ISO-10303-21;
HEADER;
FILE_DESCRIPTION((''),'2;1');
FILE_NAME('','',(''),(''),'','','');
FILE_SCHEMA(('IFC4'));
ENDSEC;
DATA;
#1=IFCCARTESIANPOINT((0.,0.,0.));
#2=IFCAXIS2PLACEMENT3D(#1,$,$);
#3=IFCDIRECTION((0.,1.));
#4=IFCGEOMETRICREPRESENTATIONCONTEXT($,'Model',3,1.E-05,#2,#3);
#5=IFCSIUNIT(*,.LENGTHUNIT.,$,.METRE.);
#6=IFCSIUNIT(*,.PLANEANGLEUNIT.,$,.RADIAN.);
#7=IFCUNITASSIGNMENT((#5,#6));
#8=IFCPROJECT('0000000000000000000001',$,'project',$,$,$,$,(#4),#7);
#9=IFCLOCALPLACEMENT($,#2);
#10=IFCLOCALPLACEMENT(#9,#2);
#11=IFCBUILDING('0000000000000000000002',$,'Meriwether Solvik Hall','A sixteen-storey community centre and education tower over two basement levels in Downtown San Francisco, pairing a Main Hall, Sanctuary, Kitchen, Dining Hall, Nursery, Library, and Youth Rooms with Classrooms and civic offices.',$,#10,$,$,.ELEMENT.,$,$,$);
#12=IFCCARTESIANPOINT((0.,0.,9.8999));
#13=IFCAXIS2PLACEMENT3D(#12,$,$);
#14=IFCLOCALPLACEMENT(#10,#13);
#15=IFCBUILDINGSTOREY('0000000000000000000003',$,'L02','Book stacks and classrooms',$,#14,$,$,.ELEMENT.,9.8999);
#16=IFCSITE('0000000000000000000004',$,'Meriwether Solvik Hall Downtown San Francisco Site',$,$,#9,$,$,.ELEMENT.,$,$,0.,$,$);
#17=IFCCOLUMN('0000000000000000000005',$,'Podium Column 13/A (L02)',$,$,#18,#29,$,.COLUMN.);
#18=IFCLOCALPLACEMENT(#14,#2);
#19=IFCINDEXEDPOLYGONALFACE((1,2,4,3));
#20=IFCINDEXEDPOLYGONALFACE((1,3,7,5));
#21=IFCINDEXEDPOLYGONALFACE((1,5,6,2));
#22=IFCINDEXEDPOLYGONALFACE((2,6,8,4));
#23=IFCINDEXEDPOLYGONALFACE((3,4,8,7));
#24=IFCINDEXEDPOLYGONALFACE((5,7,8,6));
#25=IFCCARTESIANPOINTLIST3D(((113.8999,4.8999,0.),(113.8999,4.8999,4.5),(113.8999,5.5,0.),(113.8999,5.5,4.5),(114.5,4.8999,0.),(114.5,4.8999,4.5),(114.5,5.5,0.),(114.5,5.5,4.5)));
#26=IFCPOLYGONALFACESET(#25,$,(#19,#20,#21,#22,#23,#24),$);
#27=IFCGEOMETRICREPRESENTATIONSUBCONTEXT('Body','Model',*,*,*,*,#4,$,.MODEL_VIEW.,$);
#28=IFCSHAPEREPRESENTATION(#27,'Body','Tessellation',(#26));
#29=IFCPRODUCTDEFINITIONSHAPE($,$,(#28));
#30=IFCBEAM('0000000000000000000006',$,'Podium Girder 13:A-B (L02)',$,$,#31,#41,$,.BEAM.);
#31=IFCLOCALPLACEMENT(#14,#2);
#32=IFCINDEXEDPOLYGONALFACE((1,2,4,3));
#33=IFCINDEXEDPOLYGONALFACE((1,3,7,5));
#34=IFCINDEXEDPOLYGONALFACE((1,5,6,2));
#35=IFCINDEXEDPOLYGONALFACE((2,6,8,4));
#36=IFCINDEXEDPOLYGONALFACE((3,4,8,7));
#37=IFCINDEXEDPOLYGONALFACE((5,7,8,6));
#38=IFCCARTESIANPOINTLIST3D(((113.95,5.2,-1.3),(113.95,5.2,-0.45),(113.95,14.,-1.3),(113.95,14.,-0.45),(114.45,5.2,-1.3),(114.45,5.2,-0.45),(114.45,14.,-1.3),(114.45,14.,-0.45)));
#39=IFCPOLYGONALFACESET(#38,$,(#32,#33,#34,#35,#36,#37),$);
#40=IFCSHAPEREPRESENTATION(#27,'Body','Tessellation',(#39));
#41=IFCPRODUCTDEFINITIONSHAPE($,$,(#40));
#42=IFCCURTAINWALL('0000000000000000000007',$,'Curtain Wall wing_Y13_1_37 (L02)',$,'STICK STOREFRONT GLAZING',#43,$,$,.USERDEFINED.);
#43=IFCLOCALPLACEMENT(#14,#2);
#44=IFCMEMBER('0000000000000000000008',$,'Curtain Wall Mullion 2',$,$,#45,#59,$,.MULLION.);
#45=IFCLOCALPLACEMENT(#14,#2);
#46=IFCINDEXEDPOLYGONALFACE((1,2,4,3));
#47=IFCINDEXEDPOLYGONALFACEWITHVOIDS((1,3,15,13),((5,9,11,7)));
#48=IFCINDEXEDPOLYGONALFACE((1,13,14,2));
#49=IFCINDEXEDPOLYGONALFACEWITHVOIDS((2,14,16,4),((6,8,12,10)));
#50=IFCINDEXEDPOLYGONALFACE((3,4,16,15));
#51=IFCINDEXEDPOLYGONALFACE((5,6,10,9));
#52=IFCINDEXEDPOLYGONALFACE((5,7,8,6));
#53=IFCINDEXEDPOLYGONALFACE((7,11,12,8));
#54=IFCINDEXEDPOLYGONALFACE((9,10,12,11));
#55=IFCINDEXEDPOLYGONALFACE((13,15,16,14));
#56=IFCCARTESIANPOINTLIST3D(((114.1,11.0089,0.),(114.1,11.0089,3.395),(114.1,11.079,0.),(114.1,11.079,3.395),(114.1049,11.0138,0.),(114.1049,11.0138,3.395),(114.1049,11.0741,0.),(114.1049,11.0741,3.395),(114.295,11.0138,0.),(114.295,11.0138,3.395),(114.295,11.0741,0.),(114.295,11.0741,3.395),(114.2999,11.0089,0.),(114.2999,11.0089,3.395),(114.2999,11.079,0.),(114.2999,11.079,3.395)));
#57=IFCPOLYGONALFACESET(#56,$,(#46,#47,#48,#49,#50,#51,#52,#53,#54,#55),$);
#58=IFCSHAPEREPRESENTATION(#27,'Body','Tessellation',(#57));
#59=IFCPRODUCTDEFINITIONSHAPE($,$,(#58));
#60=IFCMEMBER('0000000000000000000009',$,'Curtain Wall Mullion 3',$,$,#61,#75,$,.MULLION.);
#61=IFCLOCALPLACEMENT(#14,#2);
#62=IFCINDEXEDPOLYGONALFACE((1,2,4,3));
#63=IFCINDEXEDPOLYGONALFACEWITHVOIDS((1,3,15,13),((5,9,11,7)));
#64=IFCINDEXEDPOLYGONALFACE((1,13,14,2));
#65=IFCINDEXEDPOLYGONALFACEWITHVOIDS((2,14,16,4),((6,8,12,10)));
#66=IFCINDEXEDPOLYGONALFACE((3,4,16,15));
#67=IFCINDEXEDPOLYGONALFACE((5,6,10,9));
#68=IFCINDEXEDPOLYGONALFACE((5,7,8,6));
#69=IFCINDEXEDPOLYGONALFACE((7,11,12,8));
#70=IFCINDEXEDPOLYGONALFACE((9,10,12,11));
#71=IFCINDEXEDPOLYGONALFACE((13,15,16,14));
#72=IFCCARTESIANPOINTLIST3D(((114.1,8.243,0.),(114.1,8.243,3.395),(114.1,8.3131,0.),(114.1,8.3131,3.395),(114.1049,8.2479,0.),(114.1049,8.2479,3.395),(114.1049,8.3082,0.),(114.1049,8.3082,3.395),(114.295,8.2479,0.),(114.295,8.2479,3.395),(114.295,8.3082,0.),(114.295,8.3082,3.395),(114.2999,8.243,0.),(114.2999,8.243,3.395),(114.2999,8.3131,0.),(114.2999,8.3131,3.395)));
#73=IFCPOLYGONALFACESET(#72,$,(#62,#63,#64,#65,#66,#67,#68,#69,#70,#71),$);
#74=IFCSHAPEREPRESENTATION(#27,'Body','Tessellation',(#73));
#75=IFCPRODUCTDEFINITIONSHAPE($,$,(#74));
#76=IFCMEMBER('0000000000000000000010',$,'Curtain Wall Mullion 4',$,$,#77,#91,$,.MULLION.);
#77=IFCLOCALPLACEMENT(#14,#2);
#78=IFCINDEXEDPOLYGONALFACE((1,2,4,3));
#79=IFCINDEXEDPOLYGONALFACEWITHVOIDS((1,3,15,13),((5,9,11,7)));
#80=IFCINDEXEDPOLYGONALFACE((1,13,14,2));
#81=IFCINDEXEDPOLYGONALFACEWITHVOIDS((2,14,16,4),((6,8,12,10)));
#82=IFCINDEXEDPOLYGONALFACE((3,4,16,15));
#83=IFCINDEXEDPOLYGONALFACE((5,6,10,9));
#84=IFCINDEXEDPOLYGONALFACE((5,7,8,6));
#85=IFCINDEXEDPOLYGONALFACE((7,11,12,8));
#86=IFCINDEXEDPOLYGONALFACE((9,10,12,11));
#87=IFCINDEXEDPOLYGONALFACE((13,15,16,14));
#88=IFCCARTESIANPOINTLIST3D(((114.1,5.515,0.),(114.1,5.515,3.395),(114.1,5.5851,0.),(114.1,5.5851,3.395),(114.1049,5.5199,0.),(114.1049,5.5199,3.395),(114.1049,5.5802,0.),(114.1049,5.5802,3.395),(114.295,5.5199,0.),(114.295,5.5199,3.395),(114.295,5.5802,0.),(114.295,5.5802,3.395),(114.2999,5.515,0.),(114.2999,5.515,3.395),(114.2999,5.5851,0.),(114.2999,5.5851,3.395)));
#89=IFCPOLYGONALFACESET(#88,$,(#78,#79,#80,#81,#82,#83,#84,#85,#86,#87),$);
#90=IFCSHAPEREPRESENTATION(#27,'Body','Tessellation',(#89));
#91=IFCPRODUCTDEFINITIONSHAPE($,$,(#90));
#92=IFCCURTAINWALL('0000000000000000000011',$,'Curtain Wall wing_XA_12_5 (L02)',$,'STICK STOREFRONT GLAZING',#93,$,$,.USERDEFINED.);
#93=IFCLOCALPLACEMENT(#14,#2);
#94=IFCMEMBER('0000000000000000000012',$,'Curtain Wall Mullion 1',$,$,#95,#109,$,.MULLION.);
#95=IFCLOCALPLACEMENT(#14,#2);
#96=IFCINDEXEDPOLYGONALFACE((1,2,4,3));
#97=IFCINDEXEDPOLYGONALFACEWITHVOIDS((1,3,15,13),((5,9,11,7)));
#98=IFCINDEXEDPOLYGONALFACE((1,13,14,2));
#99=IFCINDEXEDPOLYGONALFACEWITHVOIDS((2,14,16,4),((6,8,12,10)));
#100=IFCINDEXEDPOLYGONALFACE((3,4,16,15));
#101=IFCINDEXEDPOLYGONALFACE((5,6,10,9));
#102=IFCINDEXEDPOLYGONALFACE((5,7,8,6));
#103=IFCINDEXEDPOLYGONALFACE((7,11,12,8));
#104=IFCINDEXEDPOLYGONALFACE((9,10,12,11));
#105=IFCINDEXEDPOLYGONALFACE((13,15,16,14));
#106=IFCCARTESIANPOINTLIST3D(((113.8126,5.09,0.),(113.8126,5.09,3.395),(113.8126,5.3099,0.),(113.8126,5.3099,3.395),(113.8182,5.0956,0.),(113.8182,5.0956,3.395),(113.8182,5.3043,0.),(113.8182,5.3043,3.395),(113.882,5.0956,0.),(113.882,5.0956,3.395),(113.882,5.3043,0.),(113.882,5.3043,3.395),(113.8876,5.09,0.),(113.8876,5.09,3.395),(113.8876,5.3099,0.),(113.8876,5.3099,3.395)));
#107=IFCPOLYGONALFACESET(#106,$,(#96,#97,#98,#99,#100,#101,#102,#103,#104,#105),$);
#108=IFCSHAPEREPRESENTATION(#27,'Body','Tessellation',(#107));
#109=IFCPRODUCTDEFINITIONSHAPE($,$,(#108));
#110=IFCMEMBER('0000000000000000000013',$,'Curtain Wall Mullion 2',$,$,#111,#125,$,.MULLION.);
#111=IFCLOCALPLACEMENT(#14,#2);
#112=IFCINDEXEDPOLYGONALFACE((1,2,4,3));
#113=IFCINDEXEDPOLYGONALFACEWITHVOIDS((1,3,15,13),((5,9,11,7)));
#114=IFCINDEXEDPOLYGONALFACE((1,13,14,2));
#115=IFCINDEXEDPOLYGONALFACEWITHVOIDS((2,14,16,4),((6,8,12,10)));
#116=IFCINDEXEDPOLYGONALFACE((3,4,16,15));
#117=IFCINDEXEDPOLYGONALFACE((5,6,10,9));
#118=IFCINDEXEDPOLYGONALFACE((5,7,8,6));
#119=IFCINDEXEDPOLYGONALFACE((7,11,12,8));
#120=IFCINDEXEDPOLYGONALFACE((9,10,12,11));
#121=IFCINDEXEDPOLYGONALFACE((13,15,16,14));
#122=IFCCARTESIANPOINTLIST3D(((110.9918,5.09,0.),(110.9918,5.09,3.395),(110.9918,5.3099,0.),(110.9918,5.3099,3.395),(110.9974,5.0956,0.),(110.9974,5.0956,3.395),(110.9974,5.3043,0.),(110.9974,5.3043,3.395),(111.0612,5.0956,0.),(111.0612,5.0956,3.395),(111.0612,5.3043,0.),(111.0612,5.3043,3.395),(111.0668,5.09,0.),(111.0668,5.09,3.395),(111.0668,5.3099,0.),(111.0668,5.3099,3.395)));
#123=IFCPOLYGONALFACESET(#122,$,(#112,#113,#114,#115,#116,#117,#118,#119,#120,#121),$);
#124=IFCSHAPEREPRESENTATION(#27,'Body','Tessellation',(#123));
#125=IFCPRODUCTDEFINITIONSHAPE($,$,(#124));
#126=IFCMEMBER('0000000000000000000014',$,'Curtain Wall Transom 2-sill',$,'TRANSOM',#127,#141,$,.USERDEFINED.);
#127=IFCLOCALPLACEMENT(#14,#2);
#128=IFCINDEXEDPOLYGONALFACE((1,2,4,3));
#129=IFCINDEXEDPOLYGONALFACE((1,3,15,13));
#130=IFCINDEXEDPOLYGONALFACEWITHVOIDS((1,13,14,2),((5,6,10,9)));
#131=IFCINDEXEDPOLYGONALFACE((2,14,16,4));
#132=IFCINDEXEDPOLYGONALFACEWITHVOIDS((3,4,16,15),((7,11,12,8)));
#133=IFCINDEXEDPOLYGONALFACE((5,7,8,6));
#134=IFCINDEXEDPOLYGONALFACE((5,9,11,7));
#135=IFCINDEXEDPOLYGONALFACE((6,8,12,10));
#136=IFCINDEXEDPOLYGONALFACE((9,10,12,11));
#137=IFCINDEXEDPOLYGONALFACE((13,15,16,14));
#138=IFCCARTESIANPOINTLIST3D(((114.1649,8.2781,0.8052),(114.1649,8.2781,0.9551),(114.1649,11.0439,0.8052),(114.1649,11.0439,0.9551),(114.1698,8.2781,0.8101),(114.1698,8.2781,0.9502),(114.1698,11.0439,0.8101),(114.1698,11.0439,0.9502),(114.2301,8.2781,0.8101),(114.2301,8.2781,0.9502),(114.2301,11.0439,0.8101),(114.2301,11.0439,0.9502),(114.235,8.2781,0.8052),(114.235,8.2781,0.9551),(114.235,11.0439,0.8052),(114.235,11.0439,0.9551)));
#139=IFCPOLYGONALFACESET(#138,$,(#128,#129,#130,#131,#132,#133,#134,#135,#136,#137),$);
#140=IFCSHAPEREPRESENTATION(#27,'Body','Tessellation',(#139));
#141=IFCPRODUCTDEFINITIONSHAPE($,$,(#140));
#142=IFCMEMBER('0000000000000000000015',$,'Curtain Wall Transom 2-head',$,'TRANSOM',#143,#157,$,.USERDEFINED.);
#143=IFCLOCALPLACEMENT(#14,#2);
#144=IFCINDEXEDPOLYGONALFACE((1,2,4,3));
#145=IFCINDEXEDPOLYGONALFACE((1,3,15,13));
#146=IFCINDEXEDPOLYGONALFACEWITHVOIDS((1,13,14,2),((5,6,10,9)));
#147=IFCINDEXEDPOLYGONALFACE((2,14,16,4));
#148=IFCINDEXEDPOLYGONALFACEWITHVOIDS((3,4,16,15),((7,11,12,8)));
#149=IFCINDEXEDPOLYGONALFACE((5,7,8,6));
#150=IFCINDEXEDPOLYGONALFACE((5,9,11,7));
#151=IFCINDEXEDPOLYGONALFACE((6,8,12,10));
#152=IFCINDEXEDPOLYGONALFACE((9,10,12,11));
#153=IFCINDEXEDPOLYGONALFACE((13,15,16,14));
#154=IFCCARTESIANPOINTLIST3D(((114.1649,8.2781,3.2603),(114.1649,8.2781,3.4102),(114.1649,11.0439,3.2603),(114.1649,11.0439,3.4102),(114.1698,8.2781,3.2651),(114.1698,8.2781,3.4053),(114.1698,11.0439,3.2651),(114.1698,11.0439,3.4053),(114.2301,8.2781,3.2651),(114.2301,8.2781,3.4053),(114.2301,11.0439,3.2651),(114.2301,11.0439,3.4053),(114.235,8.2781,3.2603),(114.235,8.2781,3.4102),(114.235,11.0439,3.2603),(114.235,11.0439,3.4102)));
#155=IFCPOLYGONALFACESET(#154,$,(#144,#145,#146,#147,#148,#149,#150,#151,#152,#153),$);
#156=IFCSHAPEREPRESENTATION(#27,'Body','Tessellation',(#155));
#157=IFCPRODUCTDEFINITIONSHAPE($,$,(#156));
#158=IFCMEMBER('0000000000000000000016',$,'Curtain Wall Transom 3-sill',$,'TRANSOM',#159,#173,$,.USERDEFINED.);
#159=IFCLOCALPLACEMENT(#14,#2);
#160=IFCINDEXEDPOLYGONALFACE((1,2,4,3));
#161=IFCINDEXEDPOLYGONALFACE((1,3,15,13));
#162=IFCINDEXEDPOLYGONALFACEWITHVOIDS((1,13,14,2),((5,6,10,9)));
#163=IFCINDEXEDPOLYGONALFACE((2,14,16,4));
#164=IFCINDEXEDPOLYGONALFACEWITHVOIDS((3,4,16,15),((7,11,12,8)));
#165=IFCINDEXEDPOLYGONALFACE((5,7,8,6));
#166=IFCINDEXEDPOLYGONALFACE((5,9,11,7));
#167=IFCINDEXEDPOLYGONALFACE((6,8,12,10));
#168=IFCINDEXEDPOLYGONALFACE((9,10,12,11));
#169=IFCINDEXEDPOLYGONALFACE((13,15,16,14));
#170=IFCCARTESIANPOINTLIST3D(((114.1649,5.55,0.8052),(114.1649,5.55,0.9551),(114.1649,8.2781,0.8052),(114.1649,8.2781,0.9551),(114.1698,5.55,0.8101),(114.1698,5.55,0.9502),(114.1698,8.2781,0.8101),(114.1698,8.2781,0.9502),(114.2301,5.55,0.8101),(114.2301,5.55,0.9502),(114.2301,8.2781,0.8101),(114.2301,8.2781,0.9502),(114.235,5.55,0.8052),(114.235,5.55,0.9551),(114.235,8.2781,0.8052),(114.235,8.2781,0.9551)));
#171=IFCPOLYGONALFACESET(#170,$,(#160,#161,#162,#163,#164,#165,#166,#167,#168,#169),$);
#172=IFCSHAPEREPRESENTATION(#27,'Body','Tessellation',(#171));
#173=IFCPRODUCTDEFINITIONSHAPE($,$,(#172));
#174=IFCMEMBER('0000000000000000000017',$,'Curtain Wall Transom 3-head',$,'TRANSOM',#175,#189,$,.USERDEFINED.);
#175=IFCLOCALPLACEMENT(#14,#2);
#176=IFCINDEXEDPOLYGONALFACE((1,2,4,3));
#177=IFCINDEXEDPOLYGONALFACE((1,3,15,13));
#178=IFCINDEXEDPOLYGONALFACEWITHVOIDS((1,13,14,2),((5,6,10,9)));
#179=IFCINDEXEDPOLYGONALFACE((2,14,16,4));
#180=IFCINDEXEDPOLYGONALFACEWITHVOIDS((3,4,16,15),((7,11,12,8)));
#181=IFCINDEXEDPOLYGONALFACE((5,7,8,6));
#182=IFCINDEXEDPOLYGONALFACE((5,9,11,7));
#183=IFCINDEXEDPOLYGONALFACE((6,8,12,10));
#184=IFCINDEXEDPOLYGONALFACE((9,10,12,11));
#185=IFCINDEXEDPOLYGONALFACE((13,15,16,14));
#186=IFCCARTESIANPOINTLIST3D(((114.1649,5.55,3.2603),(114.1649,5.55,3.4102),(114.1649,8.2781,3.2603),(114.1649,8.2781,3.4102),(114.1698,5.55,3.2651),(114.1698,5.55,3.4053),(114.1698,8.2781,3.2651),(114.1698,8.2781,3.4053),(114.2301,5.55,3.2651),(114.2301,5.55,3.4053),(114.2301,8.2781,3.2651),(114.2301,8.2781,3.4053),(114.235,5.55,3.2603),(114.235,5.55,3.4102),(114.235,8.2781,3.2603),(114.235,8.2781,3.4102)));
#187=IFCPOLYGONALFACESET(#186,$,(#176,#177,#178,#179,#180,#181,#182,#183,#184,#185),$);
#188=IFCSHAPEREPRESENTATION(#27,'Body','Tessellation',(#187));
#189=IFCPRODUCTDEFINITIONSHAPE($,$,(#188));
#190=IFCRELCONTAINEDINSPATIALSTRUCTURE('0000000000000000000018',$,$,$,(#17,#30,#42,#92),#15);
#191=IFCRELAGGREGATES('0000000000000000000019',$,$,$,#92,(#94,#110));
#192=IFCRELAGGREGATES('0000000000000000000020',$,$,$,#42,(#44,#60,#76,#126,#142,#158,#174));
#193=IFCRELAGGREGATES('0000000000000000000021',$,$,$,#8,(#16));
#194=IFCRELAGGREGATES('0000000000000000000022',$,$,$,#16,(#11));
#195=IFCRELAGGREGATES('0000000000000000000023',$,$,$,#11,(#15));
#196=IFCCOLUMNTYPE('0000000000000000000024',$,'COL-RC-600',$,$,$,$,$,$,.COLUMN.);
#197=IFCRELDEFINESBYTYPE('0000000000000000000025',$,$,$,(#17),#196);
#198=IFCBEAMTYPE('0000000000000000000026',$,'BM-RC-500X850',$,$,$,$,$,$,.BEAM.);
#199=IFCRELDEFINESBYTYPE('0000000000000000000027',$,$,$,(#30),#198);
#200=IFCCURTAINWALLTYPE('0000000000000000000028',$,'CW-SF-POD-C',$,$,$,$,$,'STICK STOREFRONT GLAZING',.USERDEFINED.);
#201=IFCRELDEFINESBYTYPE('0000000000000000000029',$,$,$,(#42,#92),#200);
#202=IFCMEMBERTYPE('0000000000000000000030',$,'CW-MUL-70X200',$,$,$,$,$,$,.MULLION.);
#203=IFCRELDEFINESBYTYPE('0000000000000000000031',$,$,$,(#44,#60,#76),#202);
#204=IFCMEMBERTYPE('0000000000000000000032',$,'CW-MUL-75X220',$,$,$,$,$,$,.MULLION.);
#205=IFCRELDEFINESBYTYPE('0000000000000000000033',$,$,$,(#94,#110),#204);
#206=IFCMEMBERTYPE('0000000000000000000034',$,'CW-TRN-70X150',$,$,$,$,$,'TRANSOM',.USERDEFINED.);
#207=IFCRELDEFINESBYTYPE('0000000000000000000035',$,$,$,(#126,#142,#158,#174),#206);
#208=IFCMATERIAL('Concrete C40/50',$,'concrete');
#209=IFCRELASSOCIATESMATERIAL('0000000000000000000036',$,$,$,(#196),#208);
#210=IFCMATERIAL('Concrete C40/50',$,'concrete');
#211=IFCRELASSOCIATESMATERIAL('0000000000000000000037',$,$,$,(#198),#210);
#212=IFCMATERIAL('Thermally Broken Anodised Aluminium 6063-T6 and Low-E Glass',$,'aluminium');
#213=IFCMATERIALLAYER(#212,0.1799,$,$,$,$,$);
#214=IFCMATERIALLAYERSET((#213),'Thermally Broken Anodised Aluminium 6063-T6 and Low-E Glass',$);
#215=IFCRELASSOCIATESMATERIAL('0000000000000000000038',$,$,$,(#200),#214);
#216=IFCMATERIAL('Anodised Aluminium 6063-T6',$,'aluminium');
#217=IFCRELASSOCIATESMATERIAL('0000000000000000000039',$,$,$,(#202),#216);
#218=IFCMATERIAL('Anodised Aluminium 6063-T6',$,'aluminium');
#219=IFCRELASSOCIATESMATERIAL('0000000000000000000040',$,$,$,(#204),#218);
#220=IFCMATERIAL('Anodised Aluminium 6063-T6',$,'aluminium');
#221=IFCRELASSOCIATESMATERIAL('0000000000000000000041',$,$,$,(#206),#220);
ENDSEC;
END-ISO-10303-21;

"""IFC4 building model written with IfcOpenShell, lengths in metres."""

from ifc_helpers import new_model, si_unit, direction, frame, origin, origin_2d, place, context, subcontext, project, spatial, rectangle, hollow_rectangle, extrude, material, layer, layer_set, material_profile, profile_set, type_object, element, aggregate, save


model = new_model("IFC4")

# Units and contexts
model_context = context("Model", 3, precision=1e-05, world=origin(), true_north=direction((0.0, 1.0)))
body_context = subcontext(model_context, "Body", "Model", "MODEL_VIEW")
ifc_project = project(units=[si_unit("LENGTHUNIT", "METRE"), si_unit("PLANEANGLEUNIT", "RADIAN")], contexts=[model_context])

# Site, building, storey
site_placement = place(None, origin())
site = spatial("IfcSite", under=ifc_project, at=site_placement, Name="Meriwether Solvik Hall Downtown San Francisco Site", CompositionType="ELEMENT", RefElevation=0.0)
building_placement = place(site_placement, origin())
building = spatial("IfcBuilding", under=site, at=building_placement, Name="Meriwether Solvik Hall", Description="A sixteen-storey community centre and education tower over two basement levels in Downtown San Francisco, pairing a Main Hall, Sanctuary, Kitchen, Dining Hall, Nursery, Library, and Youth Rooms with Classrooms and civic offices.", CompositionType="ELEMENT")
storey_placement = place(building_placement, frame((0.0, 0.0, 9.8999)))
storey = spatial("IfcBuildingStorey", under=building, at=storey_placement, Name="L02", Description="Book stacks and classrooms", CompositionType="ELEMENT", Elevation=9.8999)

# Column
ifc_material_1 = material(Name="Concrete C40/50", Category="concrete")
ifc_material_profile_1 = material_profile(ifc_material_1, rectangle(XDim=0.6001, YDim=0.6001, at=origin_2d()), Name="RCC-600X600")
ifc_profile_set_1 = profile_set([ifc_material_profile_1], Name="Concrete C40/50")
column_type = type_object("IfcColumnType", Name="COL-RC-600", PredefinedType="COLUMN", material=ifc_profile_set_1)
column_placement = place(storey_placement, frame((114.2, 5.2, 0.0), z_axis=(0.0, 0.0, 1.0), x_axis=(1.0, 0.0, 0.0)))
element("IfcColumn", 1, at=column_placement, inside=storey, type_object=column_type, Name="Podium Column 13/A (L02)", PredefinedType="COLUMN", context=body_context, shape_type="SweptSolid", body=[
    extrude(rectangle(XDim=0.6001, YDim=0.6001, at=origin_2d()), origin(), (0.0, 0.0, 1.0), 4.5),
])

# Beam
ifc_material_2 = material(Name="Concrete C40/50", Category="concrete")
ifc_material_profile_2 = material_profile(ifc_material_2, rectangle(XDim=0.5, YDim=0.8501, at=origin_2d()), Name="RCB-500X850")
ifc_profile_set_2 = profile_set([ifc_material_profile_2], Name="Concrete C40/50")
beam_type = type_object("IfcBeamType", Name="BM-RC-500X850", PredefinedType="BEAM", material=ifc_profile_set_2)
beam_placement = place(storey_placement, frame((114.2, 5.2, -0.875), z_axis=(0.0, 1.0, 0.0), x_axis=(-1.0, 0.0, 0.0)))
element("IfcBeam", 2, at=beam_placement, inside=storey, type_object=beam_type, Name="Podium Girder 13:A-B (L02)", PredefinedType="BEAM", context=body_context, shape_type="SweptSolid", body=[
    extrude(rectangle(XDim=0.5, YDim=0.8501, at=origin_2d()), origin(), (0.0, 0.0, 1.0), 8.8),
])

# Curtain walls, members
ifc_material_3 = material(Name="Thermally Broken Anodised Aluminium 6063-T6 and Low-E Glass", Category="aluminium")
ifc_layer_1 = layer(ifc_material_3, 0.1799)
ifc_layer_set_1 = layer_set([ifc_layer_1], Name="Thermally Broken Anodised Aluminium 6063-T6 and Low-E Glass")
curtain_wall_type = type_object("IfcCurtainWallType", Name="CW-SF-POD-C", ElementType="STICK STOREFRONT GLAZING", PredefinedType="USERDEFINED", material=ifc_layer_set_1)
curtain_wall_1_placement = place(storey_placement, origin())
curtain_wall_1 = element("IfcCurtainWall", 3, at=curtain_wall_1_placement, inside=storey, type_object=curtain_wall_type, Name="Curtain Wall wing_Y13_1_37 (L02)", ObjectType="STICK STOREFRONT GLAZING", PredefinedType="USERDEFINED")
ifc_material_4 = material(Name="Anodised Aluminium 6063-T6", Category="aluminium")
ifc_material_profile_3 = material_profile(ifc_material_4, hollow_rectangle(XDim=0.0701, YDim=0.2, WallThickness=0.0049, at=origin_2d()), Name="CWM-70X200")
ifc_profile_set_3 = profile_set([ifc_material_profile_3], Name="Anodised Aluminium 6063-T6")
member_type_1 = type_object("IfcMemberType", Name="CW-MUL-70X200", PredefinedType="MULLION", material=ifc_profile_set_3)
member_1_placement = place(storey_placement, frame((114.2, 11.0439, 0.0), z_axis=(0.0, 0.0, 1.0), x_axis=(0.0, -1.0, 0.0)))
member_1 = element("IfcMember", 4, at=member_1_placement, type_object=member_type_1, Name="Curtain Wall Mullion 2", PredefinedType="MULLION", context=body_context, shape_type="SweptSolid", body=[
    extrude(hollow_rectangle(XDim=0.0701, YDim=0.2, WallThickness=0.0049, at=origin_2d()), origin(), (0.0, 0.0, 1.0), 3.395),
])
member_2_placement = place(storey_placement, frame((114.2, 8.2781, 0.0), z_axis=(0.0, 0.0, 1.0), x_axis=(0.0, -1.0, 0.0)))
member_2 = element("IfcMember", 5, at=member_2_placement, type_object=member_type_1, Name="Curtain Wall Mullion 3", PredefinedType="MULLION", context=body_context, shape_type="SweptSolid", body=[
    extrude(hollow_rectangle(XDim=0.0701, YDim=0.2, WallThickness=0.0049, at=origin_2d()), origin(), (0.0, 0.0, 1.0), 3.395),
])
member_3_placement = place(storey_placement, frame((114.2, 5.55, 0.0), z_axis=(0.0, 0.0, 1.0), x_axis=(0.0, -1.0, 0.0)))
member_3 = element("IfcMember", 6, at=member_3_placement, type_object=member_type_1, Name="Curtain Wall Mullion 4", PredefinedType="MULLION", context=body_context, shape_type="SweptSolid", body=[
    extrude(hollow_rectangle(XDim=0.0701, YDim=0.2, WallThickness=0.0049, at=origin_2d()), origin(), (0.0, 0.0, 1.0), 3.395),
])
curtain_wall_2_placement = place(storey_placement, origin())
curtain_wall_2 = element("IfcCurtainWall", 7, at=curtain_wall_2_placement, inside=storey, type_object=curtain_wall_type, Name="Curtain Wall wing_XA_12_5 (L02)", ObjectType="STICK STOREFRONT GLAZING", PredefinedType="USERDEFINED")
ifc_material_5 = material(Name="Anodised Aluminium 6063-T6", Category="aluminium")
ifc_material_profile_4 = material_profile(ifc_material_5, hollow_rectangle(XDim=0.075, YDim=0.22, WallThickness=0.0056, at=origin_2d()), Name="CWM-75X220")
ifc_profile_set_4 = profile_set([ifc_material_profile_4], Name="Anodised Aluminium 6063-T6")
member_type_2 = type_object("IfcMemberType", Name="CW-MUL-75X220", PredefinedType="MULLION", material=ifc_profile_set_4)
member_4_placement = place(storey_placement, frame((113.8501, 5.2, 0.0), z_axis=(0.0, 0.0, 1.0), x_axis=(-1.0, 0.0, 0.0)))
member_4 = element("IfcMember", 8, at=member_4_placement, type_object=member_type_2, Name="Curtain Wall Mullion 1", PredefinedType="MULLION", context=body_context, shape_type="SweptSolid", body=[
    extrude(hollow_rectangle(XDim=0.075, YDim=0.22, WallThickness=0.0056, at=origin_2d()), origin(), (0.0, 0.0, 1.0), 3.395),
])
member_5_placement = place(storey_placement, frame((111.0293, 5.2, 0.0), z_axis=(0.0, 0.0, 1.0), x_axis=(-1.0, 0.0, 0.0)))
member_5 = element("IfcMember", 9, at=member_5_placement, type_object=member_type_2, Name="Curtain Wall Mullion 2", PredefinedType="MULLION", context=body_context, shape_type="SweptSolid", body=[
    extrude(hollow_rectangle(XDim=0.075, YDim=0.22, WallThickness=0.0056, at=origin_2d()), origin(), (0.0, 0.0, 1.0), 3.395),
])

# Members
ifc_material_6 = material(Name="Anodised Aluminium 6063-T6", Category="aluminium")
ifc_material_profile_5 = material_profile(ifc_material_6, hollow_rectangle(XDim=0.0701, YDim=0.1499, WallThickness=0.0049, at=origin_2d()), Name="CWT-70X150")
ifc_profile_set_5 = profile_set([ifc_material_profile_5], Name="Anodised Aluminium 6063-T6")
member_type_3 = type_object("IfcMemberType", Name="CW-TRN-70X150", ElementType="TRANSOM", PredefinedType="USERDEFINED", material=ifc_profile_set_5)
member_6_placement = place(storey_placement, frame((114.2, 11.0439, 0.8801), z_axis=(0.0, -1.0, 0.0), x_axis=(1.0, 0.0, 0.0)))
member_6 = element("IfcMember", 10, at=member_6_placement, type_object=member_type_3, Name="Curtain Wall Transom 2-sill", ObjectType="TRANSOM", PredefinedType="USERDEFINED", context=body_context, shape_type="SweptSolid", body=[
    extrude(hollow_rectangle(XDim=0.0701, YDim=0.1499, WallThickness=0.0049, at=origin_2d()), origin(), (0.0, 0.0, 1.0), 2.7659),
])
member_7_placement = place(storey_placement, frame((114.2, 11.0439, 3.3352), z_axis=(0.0, -1.0, 0.0), x_axis=(1.0, 0.0, 0.0)))
member_7 = element("IfcMember", 11, at=member_7_placement, type_object=member_type_3, Name="Curtain Wall Transom 2-head", ObjectType="TRANSOM", PredefinedType="USERDEFINED", context=body_context, shape_type="SweptSolid", body=[
    extrude(hollow_rectangle(XDim=0.0701, YDim=0.1499, WallThickness=0.0049, at=origin_2d()), origin(), (0.0, 0.0, 1.0), 2.7659),
])
member_8_placement = place(storey_placement, frame((114.2, 8.2781, 0.8801), z_axis=(0.0, -1.0, 0.0), x_axis=(1.0, 0.0, 0.0)))
member_8 = element("IfcMember", 12, at=member_8_placement, type_object=member_type_3, Name="Curtain Wall Transom 3-sill", ObjectType="TRANSOM", PredefinedType="USERDEFINED", context=body_context, shape_type="SweptSolid", body=[
    extrude(hollow_rectangle(XDim=0.0701, YDim=0.1499, WallThickness=0.0049, at=origin_2d()), origin(), (0.0, 0.0, 1.0), 2.728),
])
member_9_placement = place(storey_placement, frame((114.2, 8.2781, 3.3352), z_axis=(0.0, -1.0, 0.0), x_axis=(1.0, 0.0, 0.0)))
member_9 = element("IfcMember", 13, at=member_9_placement, type_object=member_type_3, Name="Curtain Wall Transom 3-head", ObjectType="TRANSOM", PredefinedType="USERDEFINED", context=body_context, shape_type="SweptSolid", body=[
    extrude(hollow_rectangle(XDim=0.0701, YDim=0.1499, WallThickness=0.0049, at=origin_2d()), origin(), (0.0, 0.0, 1.0), 2.728),
])

aggregate(curtain_wall_2, [member_4, member_5])
aggregate(curtain_wall_1, [member_1, member_2, member_3, member_6, member_7, member_8, member_9])

save(model, "model.ifc")
